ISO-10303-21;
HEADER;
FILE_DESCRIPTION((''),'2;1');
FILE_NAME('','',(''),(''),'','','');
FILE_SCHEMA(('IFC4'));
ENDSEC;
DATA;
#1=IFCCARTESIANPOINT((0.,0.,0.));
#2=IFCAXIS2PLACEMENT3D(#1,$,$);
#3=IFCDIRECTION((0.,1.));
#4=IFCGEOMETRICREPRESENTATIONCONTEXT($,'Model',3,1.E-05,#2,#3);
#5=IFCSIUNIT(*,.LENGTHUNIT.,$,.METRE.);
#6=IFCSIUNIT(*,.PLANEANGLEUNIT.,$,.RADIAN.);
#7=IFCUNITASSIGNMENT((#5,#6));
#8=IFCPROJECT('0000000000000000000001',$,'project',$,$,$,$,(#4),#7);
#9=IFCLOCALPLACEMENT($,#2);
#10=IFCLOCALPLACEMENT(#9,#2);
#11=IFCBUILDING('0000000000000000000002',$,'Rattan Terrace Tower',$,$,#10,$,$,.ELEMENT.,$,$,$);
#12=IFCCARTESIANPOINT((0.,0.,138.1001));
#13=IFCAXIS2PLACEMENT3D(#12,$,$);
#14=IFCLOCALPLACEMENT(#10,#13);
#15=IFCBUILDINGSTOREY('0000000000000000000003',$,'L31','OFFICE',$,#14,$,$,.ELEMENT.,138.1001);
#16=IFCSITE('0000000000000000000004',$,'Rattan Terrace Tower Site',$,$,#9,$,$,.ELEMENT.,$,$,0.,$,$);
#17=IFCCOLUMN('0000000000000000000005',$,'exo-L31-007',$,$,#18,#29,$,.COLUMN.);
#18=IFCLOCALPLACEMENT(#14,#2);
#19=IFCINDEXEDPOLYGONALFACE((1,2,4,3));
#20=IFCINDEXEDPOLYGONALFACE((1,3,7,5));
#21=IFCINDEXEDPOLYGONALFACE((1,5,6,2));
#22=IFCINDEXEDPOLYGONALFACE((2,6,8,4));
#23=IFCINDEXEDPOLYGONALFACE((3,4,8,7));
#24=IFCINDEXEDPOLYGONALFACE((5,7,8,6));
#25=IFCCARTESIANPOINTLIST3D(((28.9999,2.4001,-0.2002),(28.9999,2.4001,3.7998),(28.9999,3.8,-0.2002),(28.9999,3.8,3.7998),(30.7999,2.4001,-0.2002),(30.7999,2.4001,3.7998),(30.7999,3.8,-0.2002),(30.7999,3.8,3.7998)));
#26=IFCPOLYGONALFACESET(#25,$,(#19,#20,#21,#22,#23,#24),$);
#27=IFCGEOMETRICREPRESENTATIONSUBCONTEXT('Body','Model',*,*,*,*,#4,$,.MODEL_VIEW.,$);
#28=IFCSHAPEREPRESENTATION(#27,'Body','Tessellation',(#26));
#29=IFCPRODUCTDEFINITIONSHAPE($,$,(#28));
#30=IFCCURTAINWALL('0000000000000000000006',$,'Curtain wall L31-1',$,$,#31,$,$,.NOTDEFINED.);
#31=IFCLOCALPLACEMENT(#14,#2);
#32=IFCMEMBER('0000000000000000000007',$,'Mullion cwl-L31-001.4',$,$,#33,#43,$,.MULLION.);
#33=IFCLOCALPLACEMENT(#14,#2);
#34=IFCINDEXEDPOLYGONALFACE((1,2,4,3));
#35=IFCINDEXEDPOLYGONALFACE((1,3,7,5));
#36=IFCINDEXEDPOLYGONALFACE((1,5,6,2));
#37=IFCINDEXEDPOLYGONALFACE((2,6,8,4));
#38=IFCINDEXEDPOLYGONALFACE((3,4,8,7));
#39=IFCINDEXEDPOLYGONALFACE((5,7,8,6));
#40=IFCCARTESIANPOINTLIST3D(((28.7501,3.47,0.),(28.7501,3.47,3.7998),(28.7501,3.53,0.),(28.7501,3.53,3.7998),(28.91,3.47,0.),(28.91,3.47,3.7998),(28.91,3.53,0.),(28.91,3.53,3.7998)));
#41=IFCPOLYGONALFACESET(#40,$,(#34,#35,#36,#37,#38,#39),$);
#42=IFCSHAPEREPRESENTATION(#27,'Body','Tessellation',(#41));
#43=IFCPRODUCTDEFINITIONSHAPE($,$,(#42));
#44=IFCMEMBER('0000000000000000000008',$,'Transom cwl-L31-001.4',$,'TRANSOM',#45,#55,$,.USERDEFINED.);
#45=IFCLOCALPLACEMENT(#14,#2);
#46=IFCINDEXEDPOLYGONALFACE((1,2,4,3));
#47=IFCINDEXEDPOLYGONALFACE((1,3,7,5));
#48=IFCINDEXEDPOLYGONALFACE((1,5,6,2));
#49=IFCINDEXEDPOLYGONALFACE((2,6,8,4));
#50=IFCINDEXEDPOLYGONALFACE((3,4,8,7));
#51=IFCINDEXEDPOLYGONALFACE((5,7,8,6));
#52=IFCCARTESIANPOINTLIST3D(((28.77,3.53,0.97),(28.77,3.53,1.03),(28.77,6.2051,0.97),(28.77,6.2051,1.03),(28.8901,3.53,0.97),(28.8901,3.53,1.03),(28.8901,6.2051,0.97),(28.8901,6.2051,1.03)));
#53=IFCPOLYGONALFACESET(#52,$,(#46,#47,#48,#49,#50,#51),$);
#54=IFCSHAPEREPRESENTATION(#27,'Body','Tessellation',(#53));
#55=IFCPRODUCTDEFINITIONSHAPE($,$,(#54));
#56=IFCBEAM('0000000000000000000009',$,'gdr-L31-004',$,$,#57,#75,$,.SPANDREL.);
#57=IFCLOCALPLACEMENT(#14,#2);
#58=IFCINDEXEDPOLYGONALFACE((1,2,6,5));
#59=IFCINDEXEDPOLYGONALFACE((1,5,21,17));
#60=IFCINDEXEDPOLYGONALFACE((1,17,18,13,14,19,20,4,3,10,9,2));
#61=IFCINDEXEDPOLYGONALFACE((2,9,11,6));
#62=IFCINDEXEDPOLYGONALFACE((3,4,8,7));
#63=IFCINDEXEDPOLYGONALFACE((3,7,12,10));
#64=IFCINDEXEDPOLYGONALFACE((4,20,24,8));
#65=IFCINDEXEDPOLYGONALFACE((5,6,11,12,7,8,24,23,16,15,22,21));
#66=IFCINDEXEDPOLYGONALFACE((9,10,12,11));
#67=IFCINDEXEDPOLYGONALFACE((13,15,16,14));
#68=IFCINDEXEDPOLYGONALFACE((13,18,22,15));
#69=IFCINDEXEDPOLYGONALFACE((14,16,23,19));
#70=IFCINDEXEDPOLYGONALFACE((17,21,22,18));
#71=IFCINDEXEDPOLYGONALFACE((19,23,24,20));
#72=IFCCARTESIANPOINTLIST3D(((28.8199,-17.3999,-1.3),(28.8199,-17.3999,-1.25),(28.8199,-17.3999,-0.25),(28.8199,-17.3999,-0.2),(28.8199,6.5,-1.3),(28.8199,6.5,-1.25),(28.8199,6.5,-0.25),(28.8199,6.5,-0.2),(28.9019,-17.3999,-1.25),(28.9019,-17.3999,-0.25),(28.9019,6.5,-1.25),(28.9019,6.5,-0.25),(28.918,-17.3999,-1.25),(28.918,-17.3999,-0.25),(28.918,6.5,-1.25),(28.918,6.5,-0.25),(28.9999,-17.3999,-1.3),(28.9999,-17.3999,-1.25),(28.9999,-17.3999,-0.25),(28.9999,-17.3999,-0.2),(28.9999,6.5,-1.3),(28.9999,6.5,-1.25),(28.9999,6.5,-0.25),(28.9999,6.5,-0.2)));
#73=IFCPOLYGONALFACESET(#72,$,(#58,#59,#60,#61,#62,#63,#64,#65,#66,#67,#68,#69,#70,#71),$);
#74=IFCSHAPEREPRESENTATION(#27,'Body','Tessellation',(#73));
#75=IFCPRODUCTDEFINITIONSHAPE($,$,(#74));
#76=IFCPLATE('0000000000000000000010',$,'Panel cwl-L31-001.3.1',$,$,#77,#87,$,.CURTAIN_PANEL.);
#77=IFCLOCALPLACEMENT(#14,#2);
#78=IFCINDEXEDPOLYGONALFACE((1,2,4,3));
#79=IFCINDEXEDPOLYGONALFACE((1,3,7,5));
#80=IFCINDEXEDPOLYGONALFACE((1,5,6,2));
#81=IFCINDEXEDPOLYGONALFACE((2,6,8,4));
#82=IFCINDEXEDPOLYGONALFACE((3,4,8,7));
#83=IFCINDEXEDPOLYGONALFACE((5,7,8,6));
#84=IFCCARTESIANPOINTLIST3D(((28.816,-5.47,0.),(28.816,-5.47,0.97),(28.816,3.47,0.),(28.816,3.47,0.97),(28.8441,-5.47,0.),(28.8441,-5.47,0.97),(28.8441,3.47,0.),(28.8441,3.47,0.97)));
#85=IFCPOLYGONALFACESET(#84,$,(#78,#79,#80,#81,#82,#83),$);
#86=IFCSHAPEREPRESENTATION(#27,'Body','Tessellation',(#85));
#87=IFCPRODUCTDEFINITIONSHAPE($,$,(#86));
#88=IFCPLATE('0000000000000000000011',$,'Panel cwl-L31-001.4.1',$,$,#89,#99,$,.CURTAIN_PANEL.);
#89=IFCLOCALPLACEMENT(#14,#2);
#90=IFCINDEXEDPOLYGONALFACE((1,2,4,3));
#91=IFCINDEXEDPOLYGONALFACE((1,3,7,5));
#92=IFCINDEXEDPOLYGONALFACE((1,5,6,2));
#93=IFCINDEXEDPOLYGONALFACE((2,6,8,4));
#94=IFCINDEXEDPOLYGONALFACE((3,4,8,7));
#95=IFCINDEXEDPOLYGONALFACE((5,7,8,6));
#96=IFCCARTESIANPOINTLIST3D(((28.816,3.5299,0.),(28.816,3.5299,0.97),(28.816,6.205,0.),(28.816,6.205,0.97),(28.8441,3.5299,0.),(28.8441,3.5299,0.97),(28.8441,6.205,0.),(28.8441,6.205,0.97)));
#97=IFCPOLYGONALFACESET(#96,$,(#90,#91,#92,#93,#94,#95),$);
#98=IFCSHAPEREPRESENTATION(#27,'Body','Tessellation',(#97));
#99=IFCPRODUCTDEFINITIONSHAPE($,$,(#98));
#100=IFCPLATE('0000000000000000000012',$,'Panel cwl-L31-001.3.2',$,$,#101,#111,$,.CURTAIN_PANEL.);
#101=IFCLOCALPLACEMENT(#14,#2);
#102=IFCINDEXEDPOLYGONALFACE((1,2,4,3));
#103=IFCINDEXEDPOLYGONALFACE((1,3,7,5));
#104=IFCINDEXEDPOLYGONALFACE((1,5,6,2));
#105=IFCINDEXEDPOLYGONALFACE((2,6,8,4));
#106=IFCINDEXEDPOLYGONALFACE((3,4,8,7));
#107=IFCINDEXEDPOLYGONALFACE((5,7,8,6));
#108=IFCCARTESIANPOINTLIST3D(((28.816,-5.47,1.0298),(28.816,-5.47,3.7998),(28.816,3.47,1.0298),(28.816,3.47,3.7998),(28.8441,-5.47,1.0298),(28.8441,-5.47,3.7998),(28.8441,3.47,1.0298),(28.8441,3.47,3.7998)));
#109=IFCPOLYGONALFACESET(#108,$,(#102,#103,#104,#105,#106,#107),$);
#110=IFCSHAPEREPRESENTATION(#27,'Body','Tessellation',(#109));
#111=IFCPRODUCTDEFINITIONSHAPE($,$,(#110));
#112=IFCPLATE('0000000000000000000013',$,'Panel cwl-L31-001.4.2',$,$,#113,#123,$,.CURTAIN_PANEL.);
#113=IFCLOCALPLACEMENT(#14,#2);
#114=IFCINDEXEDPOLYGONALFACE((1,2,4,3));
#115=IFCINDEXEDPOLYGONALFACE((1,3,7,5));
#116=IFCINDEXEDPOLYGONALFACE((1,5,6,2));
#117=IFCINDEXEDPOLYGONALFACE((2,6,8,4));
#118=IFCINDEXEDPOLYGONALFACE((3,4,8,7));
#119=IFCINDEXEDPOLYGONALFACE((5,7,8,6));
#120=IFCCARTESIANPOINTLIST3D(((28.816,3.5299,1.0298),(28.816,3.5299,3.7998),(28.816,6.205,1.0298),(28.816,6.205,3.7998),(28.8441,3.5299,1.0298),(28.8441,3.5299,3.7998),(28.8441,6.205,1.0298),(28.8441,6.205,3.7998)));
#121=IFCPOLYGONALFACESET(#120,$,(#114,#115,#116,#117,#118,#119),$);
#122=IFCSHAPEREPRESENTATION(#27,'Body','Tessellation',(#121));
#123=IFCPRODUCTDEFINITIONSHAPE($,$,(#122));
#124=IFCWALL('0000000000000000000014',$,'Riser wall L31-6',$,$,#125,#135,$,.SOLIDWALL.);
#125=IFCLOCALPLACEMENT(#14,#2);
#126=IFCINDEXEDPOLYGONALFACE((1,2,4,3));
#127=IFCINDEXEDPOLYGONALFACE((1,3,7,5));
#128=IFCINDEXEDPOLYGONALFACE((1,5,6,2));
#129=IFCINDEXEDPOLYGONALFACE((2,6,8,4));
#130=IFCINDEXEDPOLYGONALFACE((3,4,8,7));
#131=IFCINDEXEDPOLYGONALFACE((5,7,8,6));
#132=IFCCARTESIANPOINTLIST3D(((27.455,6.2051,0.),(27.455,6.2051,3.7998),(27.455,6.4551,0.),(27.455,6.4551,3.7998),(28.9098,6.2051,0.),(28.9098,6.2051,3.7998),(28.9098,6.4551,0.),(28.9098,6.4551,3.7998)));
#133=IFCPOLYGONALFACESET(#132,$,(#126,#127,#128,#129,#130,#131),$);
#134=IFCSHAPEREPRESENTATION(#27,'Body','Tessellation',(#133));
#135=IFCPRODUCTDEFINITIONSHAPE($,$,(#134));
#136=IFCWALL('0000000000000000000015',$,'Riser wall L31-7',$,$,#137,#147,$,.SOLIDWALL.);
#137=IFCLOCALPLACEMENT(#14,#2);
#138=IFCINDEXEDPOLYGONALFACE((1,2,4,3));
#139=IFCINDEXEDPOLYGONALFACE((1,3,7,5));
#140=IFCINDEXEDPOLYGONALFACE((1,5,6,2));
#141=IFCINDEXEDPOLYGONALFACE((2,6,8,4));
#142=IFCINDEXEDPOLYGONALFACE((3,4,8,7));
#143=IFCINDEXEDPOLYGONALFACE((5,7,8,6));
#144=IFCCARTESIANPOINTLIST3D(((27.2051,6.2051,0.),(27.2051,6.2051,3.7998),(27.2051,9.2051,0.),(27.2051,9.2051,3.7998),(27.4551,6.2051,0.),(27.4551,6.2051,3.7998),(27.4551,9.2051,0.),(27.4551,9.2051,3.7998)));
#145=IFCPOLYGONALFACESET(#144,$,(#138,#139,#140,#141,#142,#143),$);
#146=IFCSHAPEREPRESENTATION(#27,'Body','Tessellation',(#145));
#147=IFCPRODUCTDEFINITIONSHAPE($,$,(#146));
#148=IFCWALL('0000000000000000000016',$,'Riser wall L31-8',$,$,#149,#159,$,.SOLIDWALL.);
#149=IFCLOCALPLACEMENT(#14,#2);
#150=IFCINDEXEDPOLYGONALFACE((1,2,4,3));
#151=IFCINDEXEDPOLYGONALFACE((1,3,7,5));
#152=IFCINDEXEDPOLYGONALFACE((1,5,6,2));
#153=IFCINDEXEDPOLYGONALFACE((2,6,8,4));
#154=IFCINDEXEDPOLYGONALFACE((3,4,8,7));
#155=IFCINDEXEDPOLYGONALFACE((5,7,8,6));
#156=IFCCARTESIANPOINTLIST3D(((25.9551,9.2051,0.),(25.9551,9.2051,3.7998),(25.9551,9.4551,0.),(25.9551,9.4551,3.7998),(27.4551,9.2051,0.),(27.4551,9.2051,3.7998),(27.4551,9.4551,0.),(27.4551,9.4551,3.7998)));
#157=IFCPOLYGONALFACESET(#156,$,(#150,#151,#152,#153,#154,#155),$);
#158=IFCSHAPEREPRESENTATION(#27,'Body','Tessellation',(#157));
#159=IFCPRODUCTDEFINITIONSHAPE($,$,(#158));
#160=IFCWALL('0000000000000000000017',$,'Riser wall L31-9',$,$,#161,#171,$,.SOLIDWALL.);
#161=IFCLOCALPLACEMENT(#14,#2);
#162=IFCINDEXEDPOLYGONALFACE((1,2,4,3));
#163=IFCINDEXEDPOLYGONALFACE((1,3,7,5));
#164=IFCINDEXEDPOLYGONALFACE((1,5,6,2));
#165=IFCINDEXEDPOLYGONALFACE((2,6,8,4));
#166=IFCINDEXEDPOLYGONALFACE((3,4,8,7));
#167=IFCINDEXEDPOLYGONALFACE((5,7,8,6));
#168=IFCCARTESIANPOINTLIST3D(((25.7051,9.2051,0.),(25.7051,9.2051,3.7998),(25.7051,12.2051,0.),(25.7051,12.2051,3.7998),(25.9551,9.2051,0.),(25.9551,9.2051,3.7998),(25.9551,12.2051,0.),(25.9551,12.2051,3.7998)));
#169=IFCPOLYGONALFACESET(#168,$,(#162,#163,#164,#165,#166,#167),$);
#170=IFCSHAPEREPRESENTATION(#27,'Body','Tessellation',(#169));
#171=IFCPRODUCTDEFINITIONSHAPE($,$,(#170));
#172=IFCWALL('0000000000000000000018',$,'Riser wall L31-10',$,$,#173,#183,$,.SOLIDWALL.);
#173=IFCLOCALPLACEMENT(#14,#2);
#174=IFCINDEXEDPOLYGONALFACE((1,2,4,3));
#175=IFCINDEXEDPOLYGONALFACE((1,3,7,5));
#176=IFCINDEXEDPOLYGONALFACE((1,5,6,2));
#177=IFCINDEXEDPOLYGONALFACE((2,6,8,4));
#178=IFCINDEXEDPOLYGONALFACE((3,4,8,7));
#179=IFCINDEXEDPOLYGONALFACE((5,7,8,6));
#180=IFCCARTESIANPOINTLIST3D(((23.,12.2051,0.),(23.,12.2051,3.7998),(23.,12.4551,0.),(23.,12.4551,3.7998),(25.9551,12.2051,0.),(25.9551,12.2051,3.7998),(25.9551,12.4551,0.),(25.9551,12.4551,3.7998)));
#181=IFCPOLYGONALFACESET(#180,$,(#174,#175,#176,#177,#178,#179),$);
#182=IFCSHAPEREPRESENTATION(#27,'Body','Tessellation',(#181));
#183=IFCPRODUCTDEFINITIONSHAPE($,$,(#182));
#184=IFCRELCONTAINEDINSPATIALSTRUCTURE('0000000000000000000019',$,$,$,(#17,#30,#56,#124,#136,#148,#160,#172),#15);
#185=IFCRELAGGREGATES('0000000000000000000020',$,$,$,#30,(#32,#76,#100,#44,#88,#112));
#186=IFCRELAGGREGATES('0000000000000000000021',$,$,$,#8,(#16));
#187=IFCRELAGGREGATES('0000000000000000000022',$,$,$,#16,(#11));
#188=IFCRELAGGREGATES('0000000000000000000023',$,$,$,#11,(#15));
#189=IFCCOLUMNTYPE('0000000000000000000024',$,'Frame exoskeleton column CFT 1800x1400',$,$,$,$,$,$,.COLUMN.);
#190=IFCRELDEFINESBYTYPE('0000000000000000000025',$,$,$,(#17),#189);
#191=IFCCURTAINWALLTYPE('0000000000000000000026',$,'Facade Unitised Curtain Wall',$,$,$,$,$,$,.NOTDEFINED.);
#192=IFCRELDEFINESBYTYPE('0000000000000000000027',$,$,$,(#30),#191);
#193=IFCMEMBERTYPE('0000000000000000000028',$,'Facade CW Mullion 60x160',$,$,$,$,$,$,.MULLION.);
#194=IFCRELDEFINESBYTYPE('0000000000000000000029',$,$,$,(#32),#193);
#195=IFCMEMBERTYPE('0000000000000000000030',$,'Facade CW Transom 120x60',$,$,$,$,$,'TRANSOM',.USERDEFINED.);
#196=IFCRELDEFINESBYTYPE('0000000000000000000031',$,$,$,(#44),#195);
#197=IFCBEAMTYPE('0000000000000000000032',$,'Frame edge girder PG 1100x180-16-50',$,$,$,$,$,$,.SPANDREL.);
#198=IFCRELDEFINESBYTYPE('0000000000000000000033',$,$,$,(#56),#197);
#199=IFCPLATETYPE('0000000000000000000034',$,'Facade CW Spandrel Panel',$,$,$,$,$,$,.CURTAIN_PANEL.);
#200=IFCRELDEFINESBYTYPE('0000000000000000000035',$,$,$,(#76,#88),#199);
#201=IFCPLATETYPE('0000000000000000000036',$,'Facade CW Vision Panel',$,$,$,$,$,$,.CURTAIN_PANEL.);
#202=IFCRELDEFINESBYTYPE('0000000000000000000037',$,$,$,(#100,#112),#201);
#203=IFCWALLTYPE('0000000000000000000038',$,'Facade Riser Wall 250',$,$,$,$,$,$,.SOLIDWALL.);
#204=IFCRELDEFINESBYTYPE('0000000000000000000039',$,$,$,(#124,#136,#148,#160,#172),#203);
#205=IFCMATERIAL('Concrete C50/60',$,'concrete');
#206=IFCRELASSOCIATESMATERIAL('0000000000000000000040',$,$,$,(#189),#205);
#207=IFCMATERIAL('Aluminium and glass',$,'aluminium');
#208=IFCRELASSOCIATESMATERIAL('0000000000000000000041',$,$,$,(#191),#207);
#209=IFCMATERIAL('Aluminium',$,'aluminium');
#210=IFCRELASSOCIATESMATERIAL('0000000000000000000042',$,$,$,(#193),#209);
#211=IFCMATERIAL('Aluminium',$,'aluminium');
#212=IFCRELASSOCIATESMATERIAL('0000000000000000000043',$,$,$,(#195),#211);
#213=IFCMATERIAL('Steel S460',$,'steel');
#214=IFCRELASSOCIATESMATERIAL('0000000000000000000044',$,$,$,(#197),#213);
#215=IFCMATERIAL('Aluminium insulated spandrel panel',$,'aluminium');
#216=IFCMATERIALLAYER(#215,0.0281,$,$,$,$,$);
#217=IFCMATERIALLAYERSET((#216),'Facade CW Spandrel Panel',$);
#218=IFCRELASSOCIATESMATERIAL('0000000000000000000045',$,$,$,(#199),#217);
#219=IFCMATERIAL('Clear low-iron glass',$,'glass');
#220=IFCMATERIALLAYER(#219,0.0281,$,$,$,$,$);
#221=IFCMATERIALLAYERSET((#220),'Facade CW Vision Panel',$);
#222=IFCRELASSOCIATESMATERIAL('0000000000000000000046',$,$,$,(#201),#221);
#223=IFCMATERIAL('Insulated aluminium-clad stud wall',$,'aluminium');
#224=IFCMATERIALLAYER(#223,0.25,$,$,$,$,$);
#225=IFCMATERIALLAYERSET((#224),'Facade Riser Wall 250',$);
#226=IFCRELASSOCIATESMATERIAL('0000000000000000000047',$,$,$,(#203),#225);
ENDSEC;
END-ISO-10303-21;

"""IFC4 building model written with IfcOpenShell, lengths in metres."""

from ifc_helpers import new_model, si_unit, direction, frame, frame_2d, origin, origin_2d, place, context, subcontext, project, spatial, rectangle, i_section, extrude, material, layer, layer_set, material_profile, profile_set, type_object, element, aggregate, save


model = new_model("IFC4")

# Units and contexts
model_context = context("Model", 3, precision=1e-05, world=origin(), true_north=direction((0.0, 1.0)))
body_context = subcontext(model_context, "Body", "Model", "MODEL_VIEW")
ifc_project = project(units=[si_unit("LENGTHUNIT", "METRE"), si_unit("PLANEANGLEUNIT", "RADIAN")], contexts=[model_context])

# Site, building, storey
site_placement = place(None, origin())
site = spatial("IfcSite", under=ifc_project, at=site_placement, Name="Rattan Terrace Tower Site", CompositionType="ELEMENT", RefElevation=0.0)
building_placement = place(site_placement, origin())
building = spatial("IfcBuilding", under=site, at=building_placement, Name="Rattan Terrace Tower", CompositionType="ELEMENT")
storey_placement = place(building_placement, frame((0.0, 0.0, 138.1001)))
storey = spatial("IfcBuildingStorey", under=building, at=storey_placement, Name="L31", Description="OFFICE", CompositionType="ELEMENT", Elevation=138.1001)

# Column
ifc_material_1 = material(Name="Concrete C50/60", Category="concrete")
ifc_material_profile_1 = material_profile(ifc_material_1, rectangle(XDim=1.3999, YDim=1.8, at=origin_2d()), Name="CFT 1800x1400")
ifc_profile_set_1 = profile_set([ifc_material_profile_1], Name="Concrete C50/60")
column_type = type_object("IfcColumnType", Name="Frame exoskeleton column CFT 1800x1400", PredefinedType="COLUMN", material=ifc_profile_set_1)
column_placement = place(storey_placement, frame((29.8999, 3.1001, -0.2002), z_axis=(0.0, 0.0, 1.0), x_axis=(0.0, 1.0, 0.0)))
element("IfcColumn", 1, at=column_placement, inside=storey, type_object=column_type, Name="exo-L31-007", PredefinedType="COLUMN", context=body_context, shape_type="SweptSolid", body=[
    extrude(rectangle(XDim=1.3999, YDim=1.8, at=origin_2d()), origin(), (0.0, 0.0, 1.0), 4.0),
])

# Curtain wall, members
ifc_material_2 = material(Name="Aluminium and glass", Category="aluminium")
curtain_wall_type = type_object("IfcCurtainWallType", Name="Facade Unitised Curtain Wall", PredefinedType="NOTDEFINED", material=ifc_material_2)
curtain_wall_placement = place(storey_placement, origin())
curtain_wall = element("IfcCurtainWall", 2, at=curtain_wall_placement, inside=storey, type_object=curtain_wall_type, Name="Curtain wall L31-1", PredefinedType="NOTDEFINED")
ifc_material_3 = material(Name="Aluminium", Category="aluminium")
ifc_material_profile_2 = material_profile(ifc_material_3, rectangle(XDim=0.0601, YDim=0.1599, at=origin_2d()), Name="Aluminium 60x160")
ifc_profile_set_2 = profile_set([ifc_material_profile_2], Name="Aluminium")
member_type_1 = type_object("IfcMemberType", Name="Facade CW Mullion 60x160", PredefinedType="MULLION", material=ifc_profile_set_2)
member_1_placement = place(storey_placement, frame((28.8301, 3.5, 0.0), z_axis=(0.0, 0.0, 1.0), x_axis=(0.0, 1.0, 0.0)))
member_1 = element("IfcMember", 3, at=member_1_placement, type_object=member_type_1, Name="Mullion cwl-L31-001.4", PredefinedType="MULLION", context=body_context, shape_type="SweptSolid", body=[
    extrude(rectangle(XDim=0.0601, YDim=0.1599, at=origin_2d()), origin(), (0.0, 0.0, 1.0), 3.7998),
])
ifc_material_4 = material(Name="Aluminium", Category="aluminium")
ifc_material_profile_3 = material_profile(ifc_material_4, rectangle(XDim=0.1201, YDim=0.0601, at=origin_2d()), Name="Aluminium 120x60")
ifc_profile_set_3 = profile_set([ifc_material_profile_3], Name="Aluminium")
member_type_2 = type_object("IfcMemberType", Name="Facade CW Transom 120x60", ElementType="TRANSOM", PredefinedType="USERDEFINED", material=ifc_profile_set_3)
member_2_placement = place(storey_placement, frame((28.8301, 3.53, 1.0), z_axis=(0.0, 1.0, 0.0), x_axis=(-1.0, 0.0, 0.0)))
member_2 = element("IfcMember", 4, at=member_2_placement, type_object=member_type_2, Name="Transom cwl-L31-001.4", ObjectType="TRANSOM", PredefinedType="USERDEFINED", context=body_context, shape_type="SweptSolid", body=[
    extrude(rectangle(XDim=0.1201, YDim=0.0601, at=origin_2d()), origin(), (0.0, 0.0, 1.0), 2.675),
])

# Beam
ifc_material_5 = material(Name="Steel S460", Category="steel")
ifc_material_profile_4 = material_profile(ifc_material_5, i_section(OverallWidth=0.1799, OverallDepth=1.1001, WebThickness=0.0161, FlangeThickness=0.05, at=origin_2d()), Name="PG 1100x180-16-50")
ifc_profile_set_4 = profile_set([ifc_material_profile_4], Name="Steel S460")
beam_type = type_object("IfcBeamType", Name="Frame edge girder PG 1100x180-16-50", PredefinedType="SPANDREL", material=ifc_profile_set_4)
beam_placement = place(storey_placement, frame((28.9099, 6.5, -0.75), z_axis=(0.0, -1.0, 0.0), x_axis=(1.0, 0.0, 0.0)))
element("IfcBeam", 5, at=beam_placement, inside=storey, type_object=beam_type, Name="gdr-L31-004", PredefinedType="SPANDREL", context=body_context, shape_type="SweptSolid", body=[
    extrude(i_section(OverallWidth=0.1799, OverallDepth=1.1001, WebThickness=0.0161, FlangeThickness=0.05, at=origin_2d()), origin(), (0.0, 0.0, 1.0), 23.8999),
])

# Plates
ifc_material_6 = material(Name="Aluminium insulated spandrel panel", Category="aluminium")
ifc_layer_1 = layer(ifc_material_6, 0.0281)
ifc_layer_set_1 = layer_set([ifc_layer_1], Name="Facade CW Spandrel Panel")
plate_type_1 = type_object("IfcPlateType", Name="Facade CW Spandrel Panel", PredefinedType="CURTAIN_PANEL", material=ifc_layer_set_1)
plate_1_placement = place(storey_placement, frame((28.8301, -1.0, 0.0), z_axis=(0.0, 0.0, 1.0), x_axis=(0.0, 1.0, 0.0)))
plate_1 = element("IfcPlate", 6, at=plate_1_placement, type_object=plate_type_1, Name="Panel cwl-L31-001.3.1", PredefinedType="CURTAIN_PANEL", context=body_context, shape_type="SweptSolid", body=[
    extrude(rectangle(XDim=8.9399, YDim=0.0281, at=origin_2d()), origin(), (0.0, 0.0, 1.0), 0.97),
])
plate_2_placement = place(storey_placement, frame((28.8301, 4.8674, 0.0), z_axis=(0.0, 0.0, 1.0), x_axis=(0.0, 1.0, 0.0)))
plate_2 = element("IfcPlate", 7, at=plate_2_placement, type_object=plate_type_1, Name="Panel cwl-L31-001.4.1", PredefinedType="CURTAIN_PANEL", context=body_context, shape_type="SweptSolid", body=[
    extrude(rectangle(XDim=2.675, YDim=0.0281, at=origin_2d()), origin(), (0.0, 0.0, 1.0), 0.97),
])
ifc_material_7 = material(Name="Clear low-iron glass", Category="glass")
ifc_layer_2 = layer(ifc_material_7, 0.0281)
ifc_layer_set_2 = layer_set([ifc_layer_2], Name="Facade CW Vision Panel")
plate_type_2 = type_object("IfcPlateType", Name="Facade CW Vision Panel", PredefinedType="CURTAIN_PANEL", material=ifc_layer_set_2)
plate_3_placement = place(storey_placement, frame((28.8301, -1.0, 1.0298), z_axis=(0.0, 0.0, 1.0), x_axis=(0.0, 1.0, 0.0)))
plate_3 = element("IfcPlate", 8, at=plate_3_placement, type_object=plate_type_2, Name="Panel cwl-L31-001.3.2", PredefinedType="CURTAIN_PANEL", context=body_context, shape_type="SweptSolid", body=[
    extrude(rectangle(XDim=8.9399, YDim=0.0281, at=origin_2d()), origin(), (0.0, 0.0, 1.0), 2.77),
])
plate_4_placement = place(storey_placement, frame((28.8301, 4.8674, 1.0298), z_axis=(0.0, 0.0, 1.0), x_axis=(0.0, 1.0, 0.0)))
plate_4 = element("IfcPlate", 9, at=plate_4_placement, type_object=plate_type_2, Name="Panel cwl-L31-001.4.2", PredefinedType="CURTAIN_PANEL", context=body_context, shape_type="SweptSolid", body=[
    extrude(rectangle(XDim=2.675, YDim=0.0281, at=origin_2d()), origin(), (0.0, 0.0, 1.0), 2.77),
])
aggregate(curtain_wall, [member_1, plate_1, plate_3, member_2, plate_2, plate_4])

# Walls
ifc_material_8 = material(Name="Insulated aluminium-clad stud wall", Category="aluminium")
ifc_layer_3 = layer(ifc_material_8, 0.25)
ifc_layer_set_3 = layer_set([ifc_layer_3], Name="Facade Riser Wall 250")
wall_type_1 = type_object("IfcWallType", Name="Facade Riser Wall 250", PredefinedType="SOLIDWALL", material=ifc_layer_set_3)
wall_1_placement = place(storey_placement, frame((28.9099, 6.3301, 0.0), z_axis=(0.0, 0.0, 1.0), x_axis=(-1.0, 0.0, 0.0)))
element("IfcWall", 10, at=wall_1_placement, inside=storey, type_object=wall_type_1, Name="Riser wall L31-6", PredefinedType="SOLIDWALL", context=body_context, shape_type="SweptSolid", body=[
    extrude(rectangle(XDim=1.4548, YDim=0.25, at=frame_2d((0.7275, 0.0))), origin(), (0.0, 0.0, 1.0), 3.7998),
])
wall_2_placement = place(storey_placement, frame((27.3301, 6.2051, 0.0), z_axis=(0.0, 0.0, 1.0), x_axis=(0.0, 1.0, 0.0)))
element("IfcWall", 11, at=wall_2_placement, inside=storey, type_object=wall_type_1, Name="Riser wall L31-7", PredefinedType="SOLIDWALL", context=body_context, shape_type="SweptSolid", body=[
    extrude(rectangle(XDim=3.0, YDim=0.25, at=frame_2d((1.5, 0.0))), origin(), (0.0, 0.0, 1.0), 3.7998),
])
wall_3_placement = place(storey_placement, frame((27.4551, 9.3301, 0.0), z_axis=(0.0, 0.0, 1.0), x_axis=(-1.0, 0.0, 0.0)))
element("IfcWall", 12, at=wall_3_placement, inside=storey, type_object=wall_type_1, Name="Riser wall L31-8", PredefinedType="SOLIDWALL", context=body_context, shape_type="SweptSolid", body=[
    extrude(rectangle(XDim=1.5, YDim=0.25, at=frame_2d((0.75, 0.0))), origin(), (0.0, 0.0, 1.0), 3.7998),
])
wall_4_placement = place(storey_placement, frame((25.8301, 9.2051, 0.0), z_axis=(0.0, 0.0, 1.0), x_axis=(0.0, 1.0, 0.0)))
element("IfcWall", 13, at=wall_4_placement, inside=storey, type_object=wall_type_1, Name="Riser wall L31-9", PredefinedType="SOLIDWALL", context=body_context, shape_type="SweptSolid", body=[
    extrude(rectangle(XDim=3.0, YDim=0.25, at=frame_2d((1.5, 0.0))), origin(), (0.0, 0.0, 1.0), 3.7998),
])
wall_5_placement = place(storey_placement, frame((25.9551, 12.3301, 0.0), z_axis=(0.0, 0.0, 1.0), x_axis=(-1.0, 0.0, 0.0)))
element("IfcWall", 14, at=wall_5_placement, inside=storey, type_object=wall_type_1, Name="Riser wall L31-10", PredefinedType="SOLIDWALL", context=body_context, shape_type="SweptSolid", body=[
    extrude(rectangle(XDim=2.9551, YDim=0.25, at=frame_2d((1.4775, 0.0))), origin(), (0.0, 0.0, 1.0), 3.7998),
])

save(model, "model.ifc")
